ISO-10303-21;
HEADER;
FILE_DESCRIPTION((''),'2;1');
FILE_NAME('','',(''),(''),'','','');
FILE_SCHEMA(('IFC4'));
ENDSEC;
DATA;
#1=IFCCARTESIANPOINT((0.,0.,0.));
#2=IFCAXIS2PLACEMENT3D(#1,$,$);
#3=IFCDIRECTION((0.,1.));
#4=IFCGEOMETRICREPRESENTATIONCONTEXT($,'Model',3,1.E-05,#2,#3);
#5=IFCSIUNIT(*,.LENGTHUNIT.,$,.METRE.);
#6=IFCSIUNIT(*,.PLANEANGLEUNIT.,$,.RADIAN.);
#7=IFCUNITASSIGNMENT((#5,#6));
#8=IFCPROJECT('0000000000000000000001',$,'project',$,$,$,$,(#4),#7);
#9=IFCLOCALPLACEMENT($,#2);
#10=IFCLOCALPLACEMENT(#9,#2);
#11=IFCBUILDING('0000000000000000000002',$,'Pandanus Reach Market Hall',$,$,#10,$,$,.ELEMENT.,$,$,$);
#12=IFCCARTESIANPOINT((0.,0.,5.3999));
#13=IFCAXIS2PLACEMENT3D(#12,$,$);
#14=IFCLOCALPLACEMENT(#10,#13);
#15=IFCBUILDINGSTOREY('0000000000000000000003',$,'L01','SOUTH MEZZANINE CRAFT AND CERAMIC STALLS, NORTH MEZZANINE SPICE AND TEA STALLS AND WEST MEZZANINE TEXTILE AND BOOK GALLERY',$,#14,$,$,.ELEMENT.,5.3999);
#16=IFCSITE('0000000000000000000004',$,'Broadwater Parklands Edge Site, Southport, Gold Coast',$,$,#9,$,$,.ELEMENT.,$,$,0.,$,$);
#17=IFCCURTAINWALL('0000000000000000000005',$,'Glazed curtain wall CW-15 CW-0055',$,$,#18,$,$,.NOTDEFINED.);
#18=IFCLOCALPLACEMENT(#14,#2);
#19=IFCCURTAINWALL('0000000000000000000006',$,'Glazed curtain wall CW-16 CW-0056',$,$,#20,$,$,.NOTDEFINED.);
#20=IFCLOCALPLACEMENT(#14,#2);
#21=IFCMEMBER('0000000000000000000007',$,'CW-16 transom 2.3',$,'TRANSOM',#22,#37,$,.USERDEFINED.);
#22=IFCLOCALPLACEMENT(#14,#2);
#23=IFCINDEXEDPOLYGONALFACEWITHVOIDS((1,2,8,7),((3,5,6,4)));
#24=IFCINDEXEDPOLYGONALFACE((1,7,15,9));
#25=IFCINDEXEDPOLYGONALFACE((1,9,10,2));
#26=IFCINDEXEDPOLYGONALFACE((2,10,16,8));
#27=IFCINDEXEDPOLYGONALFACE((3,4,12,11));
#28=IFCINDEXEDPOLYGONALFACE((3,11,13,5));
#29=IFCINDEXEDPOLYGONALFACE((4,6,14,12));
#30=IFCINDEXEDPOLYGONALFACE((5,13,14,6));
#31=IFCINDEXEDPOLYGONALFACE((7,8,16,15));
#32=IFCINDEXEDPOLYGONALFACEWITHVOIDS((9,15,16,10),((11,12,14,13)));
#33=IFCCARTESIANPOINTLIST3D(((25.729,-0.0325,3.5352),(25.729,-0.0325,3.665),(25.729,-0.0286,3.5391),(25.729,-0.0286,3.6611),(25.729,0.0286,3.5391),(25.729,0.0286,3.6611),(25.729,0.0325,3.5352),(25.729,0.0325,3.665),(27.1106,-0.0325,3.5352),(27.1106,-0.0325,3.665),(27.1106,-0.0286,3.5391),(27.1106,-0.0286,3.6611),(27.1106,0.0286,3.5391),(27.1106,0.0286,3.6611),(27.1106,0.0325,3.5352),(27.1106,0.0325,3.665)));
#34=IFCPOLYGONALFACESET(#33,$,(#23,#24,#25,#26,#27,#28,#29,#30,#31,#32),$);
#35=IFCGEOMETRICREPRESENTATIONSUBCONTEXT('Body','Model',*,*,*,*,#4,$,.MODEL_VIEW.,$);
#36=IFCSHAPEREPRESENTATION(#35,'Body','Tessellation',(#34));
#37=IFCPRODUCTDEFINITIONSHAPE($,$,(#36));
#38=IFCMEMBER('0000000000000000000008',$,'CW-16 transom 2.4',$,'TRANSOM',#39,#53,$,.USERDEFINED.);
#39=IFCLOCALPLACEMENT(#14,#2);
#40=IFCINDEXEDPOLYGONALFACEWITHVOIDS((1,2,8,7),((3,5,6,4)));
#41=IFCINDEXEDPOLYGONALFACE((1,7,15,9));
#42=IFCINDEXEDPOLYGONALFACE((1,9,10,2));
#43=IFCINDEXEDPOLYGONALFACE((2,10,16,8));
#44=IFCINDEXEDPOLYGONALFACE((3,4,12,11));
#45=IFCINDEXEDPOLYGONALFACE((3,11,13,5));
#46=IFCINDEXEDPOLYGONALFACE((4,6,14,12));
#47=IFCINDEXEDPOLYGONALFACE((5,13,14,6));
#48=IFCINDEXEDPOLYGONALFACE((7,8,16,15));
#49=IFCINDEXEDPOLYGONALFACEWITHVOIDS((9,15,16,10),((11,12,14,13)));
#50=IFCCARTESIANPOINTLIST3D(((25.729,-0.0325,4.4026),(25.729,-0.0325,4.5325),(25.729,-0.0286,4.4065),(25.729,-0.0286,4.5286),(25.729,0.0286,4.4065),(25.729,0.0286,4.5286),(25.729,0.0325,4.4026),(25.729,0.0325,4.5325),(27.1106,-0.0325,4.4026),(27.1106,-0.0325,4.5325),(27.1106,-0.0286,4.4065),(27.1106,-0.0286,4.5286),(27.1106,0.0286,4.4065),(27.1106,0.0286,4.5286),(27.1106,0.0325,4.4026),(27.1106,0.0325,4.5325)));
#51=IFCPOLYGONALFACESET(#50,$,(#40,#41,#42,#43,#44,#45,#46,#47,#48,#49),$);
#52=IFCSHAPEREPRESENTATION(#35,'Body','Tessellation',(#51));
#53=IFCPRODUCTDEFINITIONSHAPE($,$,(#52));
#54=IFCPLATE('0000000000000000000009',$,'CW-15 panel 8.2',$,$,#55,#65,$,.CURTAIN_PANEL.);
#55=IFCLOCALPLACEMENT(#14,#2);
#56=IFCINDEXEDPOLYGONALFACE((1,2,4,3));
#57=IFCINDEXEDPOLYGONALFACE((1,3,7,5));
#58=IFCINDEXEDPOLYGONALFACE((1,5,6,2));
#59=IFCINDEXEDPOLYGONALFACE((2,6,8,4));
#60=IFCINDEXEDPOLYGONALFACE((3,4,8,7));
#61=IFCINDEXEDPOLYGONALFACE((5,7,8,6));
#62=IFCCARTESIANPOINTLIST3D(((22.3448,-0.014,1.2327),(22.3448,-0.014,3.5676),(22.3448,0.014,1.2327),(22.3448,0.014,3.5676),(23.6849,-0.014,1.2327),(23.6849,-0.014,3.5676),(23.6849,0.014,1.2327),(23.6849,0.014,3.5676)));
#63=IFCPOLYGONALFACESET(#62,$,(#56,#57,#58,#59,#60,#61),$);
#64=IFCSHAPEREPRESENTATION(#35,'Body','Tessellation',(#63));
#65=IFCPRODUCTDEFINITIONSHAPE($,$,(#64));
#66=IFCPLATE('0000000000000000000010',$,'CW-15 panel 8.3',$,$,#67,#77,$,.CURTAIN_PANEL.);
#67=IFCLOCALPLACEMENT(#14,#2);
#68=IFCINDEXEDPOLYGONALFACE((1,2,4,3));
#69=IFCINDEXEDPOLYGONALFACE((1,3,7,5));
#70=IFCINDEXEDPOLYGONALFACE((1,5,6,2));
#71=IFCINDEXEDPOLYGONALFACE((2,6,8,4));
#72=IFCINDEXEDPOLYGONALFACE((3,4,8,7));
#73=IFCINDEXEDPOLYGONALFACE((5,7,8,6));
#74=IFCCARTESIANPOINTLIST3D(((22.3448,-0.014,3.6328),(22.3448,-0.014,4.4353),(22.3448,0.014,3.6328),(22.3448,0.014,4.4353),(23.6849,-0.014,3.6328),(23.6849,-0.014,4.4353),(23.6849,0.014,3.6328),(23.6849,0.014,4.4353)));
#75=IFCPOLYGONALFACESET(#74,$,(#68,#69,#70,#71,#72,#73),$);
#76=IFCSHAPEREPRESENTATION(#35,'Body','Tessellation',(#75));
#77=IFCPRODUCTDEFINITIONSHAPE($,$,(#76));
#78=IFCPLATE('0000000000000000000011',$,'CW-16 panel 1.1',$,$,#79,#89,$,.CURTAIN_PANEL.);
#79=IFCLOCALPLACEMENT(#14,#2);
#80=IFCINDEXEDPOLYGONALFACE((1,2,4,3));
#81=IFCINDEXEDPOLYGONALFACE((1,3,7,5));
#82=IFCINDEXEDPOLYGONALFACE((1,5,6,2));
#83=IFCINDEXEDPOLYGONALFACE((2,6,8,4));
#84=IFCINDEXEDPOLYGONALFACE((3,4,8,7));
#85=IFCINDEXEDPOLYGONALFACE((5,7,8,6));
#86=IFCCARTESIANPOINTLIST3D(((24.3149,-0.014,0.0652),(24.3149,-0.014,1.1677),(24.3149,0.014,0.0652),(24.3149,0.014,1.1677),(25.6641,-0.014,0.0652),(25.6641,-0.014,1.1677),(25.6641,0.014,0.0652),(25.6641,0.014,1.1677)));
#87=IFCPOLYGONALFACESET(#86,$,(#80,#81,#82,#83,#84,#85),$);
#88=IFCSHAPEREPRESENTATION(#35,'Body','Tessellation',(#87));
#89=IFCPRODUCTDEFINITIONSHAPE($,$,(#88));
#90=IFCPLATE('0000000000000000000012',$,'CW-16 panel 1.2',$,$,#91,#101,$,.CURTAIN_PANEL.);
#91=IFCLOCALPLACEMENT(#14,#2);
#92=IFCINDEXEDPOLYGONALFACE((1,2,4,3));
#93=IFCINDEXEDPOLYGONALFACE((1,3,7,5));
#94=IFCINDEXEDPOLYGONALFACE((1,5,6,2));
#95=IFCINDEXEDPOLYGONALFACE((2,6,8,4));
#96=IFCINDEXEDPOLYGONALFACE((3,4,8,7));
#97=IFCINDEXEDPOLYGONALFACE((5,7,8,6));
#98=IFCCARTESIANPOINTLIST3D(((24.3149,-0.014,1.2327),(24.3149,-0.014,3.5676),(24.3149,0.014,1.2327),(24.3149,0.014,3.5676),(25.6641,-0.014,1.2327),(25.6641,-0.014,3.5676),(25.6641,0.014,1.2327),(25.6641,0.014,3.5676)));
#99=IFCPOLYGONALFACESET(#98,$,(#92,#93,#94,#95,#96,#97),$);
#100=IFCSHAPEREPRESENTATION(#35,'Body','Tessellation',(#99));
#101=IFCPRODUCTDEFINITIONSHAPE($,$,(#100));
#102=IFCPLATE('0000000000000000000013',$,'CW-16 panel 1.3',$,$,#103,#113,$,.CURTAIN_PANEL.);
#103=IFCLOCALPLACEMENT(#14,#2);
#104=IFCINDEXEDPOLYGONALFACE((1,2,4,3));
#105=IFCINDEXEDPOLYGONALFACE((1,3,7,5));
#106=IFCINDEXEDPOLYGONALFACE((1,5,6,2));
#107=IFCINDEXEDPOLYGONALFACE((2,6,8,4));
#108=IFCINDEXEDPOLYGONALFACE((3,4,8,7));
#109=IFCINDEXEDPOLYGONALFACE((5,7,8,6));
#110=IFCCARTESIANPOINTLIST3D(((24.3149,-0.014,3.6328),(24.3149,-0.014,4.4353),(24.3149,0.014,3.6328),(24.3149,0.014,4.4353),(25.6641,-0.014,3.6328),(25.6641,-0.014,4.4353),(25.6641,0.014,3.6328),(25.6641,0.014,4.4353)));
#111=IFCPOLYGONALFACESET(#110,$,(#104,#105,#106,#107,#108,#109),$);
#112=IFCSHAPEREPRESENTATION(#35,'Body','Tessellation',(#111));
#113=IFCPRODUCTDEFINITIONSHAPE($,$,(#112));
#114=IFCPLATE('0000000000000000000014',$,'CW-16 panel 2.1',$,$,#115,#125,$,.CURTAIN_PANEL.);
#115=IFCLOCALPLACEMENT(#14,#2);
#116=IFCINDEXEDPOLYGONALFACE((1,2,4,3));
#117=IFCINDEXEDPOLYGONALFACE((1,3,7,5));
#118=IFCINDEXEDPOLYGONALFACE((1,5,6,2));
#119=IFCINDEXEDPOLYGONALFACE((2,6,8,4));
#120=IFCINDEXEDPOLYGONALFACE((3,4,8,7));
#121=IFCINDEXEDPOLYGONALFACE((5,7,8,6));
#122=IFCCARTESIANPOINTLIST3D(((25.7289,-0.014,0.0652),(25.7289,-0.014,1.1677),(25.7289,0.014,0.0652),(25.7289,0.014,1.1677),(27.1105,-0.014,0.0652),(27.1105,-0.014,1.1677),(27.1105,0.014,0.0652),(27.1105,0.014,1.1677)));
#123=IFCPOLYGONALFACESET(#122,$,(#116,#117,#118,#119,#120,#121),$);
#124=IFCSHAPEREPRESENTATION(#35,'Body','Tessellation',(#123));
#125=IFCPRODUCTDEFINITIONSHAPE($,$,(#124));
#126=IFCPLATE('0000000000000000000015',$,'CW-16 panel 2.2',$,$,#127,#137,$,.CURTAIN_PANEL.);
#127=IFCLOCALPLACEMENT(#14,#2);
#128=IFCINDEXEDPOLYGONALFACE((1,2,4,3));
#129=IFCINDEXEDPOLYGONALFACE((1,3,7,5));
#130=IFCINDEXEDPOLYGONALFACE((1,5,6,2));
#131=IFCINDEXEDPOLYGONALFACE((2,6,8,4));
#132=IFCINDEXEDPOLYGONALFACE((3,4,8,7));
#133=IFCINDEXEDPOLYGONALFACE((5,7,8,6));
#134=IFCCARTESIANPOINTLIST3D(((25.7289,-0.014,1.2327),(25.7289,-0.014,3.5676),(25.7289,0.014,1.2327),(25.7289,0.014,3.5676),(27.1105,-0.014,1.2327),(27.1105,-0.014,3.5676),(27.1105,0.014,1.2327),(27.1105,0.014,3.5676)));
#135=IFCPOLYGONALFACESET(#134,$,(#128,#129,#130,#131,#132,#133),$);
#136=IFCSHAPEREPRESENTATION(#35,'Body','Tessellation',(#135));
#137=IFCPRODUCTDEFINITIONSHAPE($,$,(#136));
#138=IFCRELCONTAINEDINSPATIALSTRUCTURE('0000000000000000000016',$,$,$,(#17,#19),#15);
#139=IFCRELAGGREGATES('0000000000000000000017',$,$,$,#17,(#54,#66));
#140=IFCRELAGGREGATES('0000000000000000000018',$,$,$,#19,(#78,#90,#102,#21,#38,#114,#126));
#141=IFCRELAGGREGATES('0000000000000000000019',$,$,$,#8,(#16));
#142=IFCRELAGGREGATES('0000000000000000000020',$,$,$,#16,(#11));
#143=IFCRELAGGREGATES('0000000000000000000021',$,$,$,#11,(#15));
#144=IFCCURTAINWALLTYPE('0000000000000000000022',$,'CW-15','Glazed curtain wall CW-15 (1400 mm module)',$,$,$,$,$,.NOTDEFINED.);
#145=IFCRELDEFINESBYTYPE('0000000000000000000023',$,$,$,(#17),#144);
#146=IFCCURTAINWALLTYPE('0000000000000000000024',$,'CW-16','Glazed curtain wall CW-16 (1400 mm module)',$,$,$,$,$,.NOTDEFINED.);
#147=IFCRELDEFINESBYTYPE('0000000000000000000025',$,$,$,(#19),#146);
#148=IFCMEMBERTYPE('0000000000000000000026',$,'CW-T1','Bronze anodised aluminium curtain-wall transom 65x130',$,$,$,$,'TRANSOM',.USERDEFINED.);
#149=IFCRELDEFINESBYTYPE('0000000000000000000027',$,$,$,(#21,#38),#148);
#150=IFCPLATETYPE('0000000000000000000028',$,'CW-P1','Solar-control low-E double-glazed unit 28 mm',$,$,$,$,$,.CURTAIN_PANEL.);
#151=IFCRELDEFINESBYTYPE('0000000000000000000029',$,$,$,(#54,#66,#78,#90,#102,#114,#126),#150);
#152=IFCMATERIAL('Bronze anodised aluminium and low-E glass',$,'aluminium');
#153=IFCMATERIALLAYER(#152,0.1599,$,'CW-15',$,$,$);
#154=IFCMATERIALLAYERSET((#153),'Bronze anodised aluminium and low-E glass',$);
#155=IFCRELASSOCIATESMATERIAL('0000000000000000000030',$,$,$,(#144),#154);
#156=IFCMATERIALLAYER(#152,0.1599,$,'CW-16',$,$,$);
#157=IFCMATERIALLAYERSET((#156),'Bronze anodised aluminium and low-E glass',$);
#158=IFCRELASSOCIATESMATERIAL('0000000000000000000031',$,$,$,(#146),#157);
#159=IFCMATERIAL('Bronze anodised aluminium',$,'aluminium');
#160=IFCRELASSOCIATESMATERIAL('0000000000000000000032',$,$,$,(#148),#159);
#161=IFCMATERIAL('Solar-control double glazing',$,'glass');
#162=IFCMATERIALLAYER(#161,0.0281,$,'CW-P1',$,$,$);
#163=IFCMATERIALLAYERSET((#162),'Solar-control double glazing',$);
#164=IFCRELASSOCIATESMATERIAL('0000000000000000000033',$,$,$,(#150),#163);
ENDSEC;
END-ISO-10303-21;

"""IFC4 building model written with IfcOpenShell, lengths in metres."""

from ifc_helpers import new_model, si_unit, direction, frame, origin, origin_2d, place, context, subcontext, project, spatial, rectangle, hollow_rectangle, extrude, material, layer, layer_set, material_profile, profile_set, type_object, element, aggregate, save


model = new_model("IFC4")

# Units and contexts
model_context = context("Model", 3, precision=1e-05, world=origin(), true_north=direction((0.0, 1.0)))
body_context = subcontext(model_context, "Body", "Model", "MODEL_VIEW")
ifc_project = project(units=[si_unit("LENGTHUNIT", "METRE"), si_unit("PLANEANGLEUNIT", "RADIAN")], contexts=[model_context])

# Site, building, storey
site_placement = place(None, origin())
site = spatial("IfcSite", under=ifc_project, at=site_placement, Name="Broadwater Parklands Edge Site, Southport, Gold Coast", CompositionType="ELEMENT", RefElevation=0.0)
building_placement = place(site_placement, origin())
building = spatial("IfcBuilding", under=site, at=building_placement, Name="Pandanus Reach Market Hall", CompositionType="ELEMENT")
storey_placement = place(building_placement, frame((0.0, 0.0, 5.3999)))
storey = spatial("IfcBuildingStorey", under=building, at=storey_placement, Name="L01", Description="SOUTH MEZZANINE CRAFT AND CERAMIC STALLS, NORTH MEZZANINE SPICE AND TEA STALLS AND WEST MEZZANINE TEXTILE AND BOOK GALLERY", CompositionType="ELEMENT", Elevation=5.3999)

# Curtain wall
ifc_material_1 = material(Name="Bronze anodised aluminium and low-E glass", Category="aluminium")
ifc_layer_1 = layer(ifc_material_1, 0.1599, Name="CW-15")
ifc_layer_set_1 = layer_set([ifc_layer_1], Name="Bronze anodised aluminium and low-E glass")
curtain_wall_type_1 = type_object("IfcCurtainWallType", Name="CW-15", Description="Glazed curtain wall CW-15 (1400 mm module)", PredefinedType="NOTDEFINED", material=ifc_layer_set_1)
curtain_wall_1_placement = place(storey_placement, origin())
curtain_wall_1 = element("IfcCurtainWall", 1, at=curtain_wall_1_placement, inside=storey, type_object=curtain_wall_type_1, Name="Glazed curtain wall CW-15 CW-0055", PredefinedType="NOTDEFINED")
ifc_material_2 = material(Name="Bronze anodised aluminium", Category="aluminium")

# Curtain wall, members
ifc_layer_2 = layer(ifc_material_1, 0.1599, Name="CW-16")
ifc_layer_set_2 = layer_set([ifc_layer_2], Name="Bronze anodised aluminium and low-E glass")
curtain_wall_type_2 = type_object("IfcCurtainWallType", Name="CW-16", Description="Glazed curtain wall CW-16 (1400 mm module)", PredefinedType="NOTDEFINED", material=ifc_layer_set_2)
curtain_wall_2_placement = place(storey_placement, origin())
curtain_wall_2 = element("IfcCurtainWall", 2, at=curtain_wall_2_placement, inside=storey, type_object=curtain_wall_type_2, Name="Glazed curtain wall CW-16 CW-0056", PredefinedType="NOTDEFINED")
ifc_material_profile_1 = material_profile(ifc_material_2, hollow_rectangle(XDim=0.0649, YDim=0.1299, WallThickness=0.0039, at=origin_2d()), Name="ALU65x130", Category="LoadBearing")
ifc_profile_set_1 = profile_set([ifc_material_profile_1], Name="Bronze anodised aluminium")
member_type_1 = type_object("IfcMemberType", Name="CW-T1", Description="Bronze anodised aluminium curtain-wall transom 65x130", ElementType="TRANSOM", PredefinedType="USERDEFINED", material=ifc_profile_set_1)
member_1_placement = place(storey_placement, frame((25.729, 0.0, 3.6001), z_axis=(1.0, 0.0, 0.0), x_axis=(0.0, 1.0, 0.0)))
member_1 = element("IfcMember", 3, at=member_1_placement, type_object=member_type_1, Name="CW-16 transom 2.3", ObjectType="TRANSOM", PredefinedType="USERDEFINED", context=body_context, shape_type="SweptSolid", body=[
    extrude(hollow_rectangle(XDim=0.0649, YDim=0.1299, WallThickness=0.0039, at=origin_2d()), origin(), (0.0, 0.0, 1.0), 1.3816),
])
member_2_placement = place(storey_placement, frame((25.729, 0.0, 4.4675), z_axis=(1.0, 0.0, 0.0), x_axis=(0.0, 1.0, 0.0)))
member_2 = element("IfcMember", 4, at=member_2_placement, type_object=member_type_1, Name="CW-16 transom 2.4", ObjectType="TRANSOM", PredefinedType="USERDEFINED", context=body_context, shape_type="SweptSolid", body=[
    extrude(hollow_rectangle(XDim=0.0649, YDim=0.1299, WallThickness=0.0039, at=origin_2d()), origin(), (0.0, 0.0, 1.0), 1.3816),
])

# Plates
ifc_material_3 = material(Name="Solar-control double glazing", Category="glass")
ifc_layer_3 = layer(ifc_material_3, 0.0281, Name="CW-P1")
ifc_layer_set_3 = layer_set([ifc_layer_3], Name="Solar-control double glazing")
plate_type = type_object("IfcPlateType", Name="CW-P1", Description="Solar-control low-E double-glazed unit 28 mm", PredefinedType="CURTAIN_PANEL", material=ifc_layer_set_3)
plate_1_placement = place(storey_placement, frame((23.0149, 0.0, 1.2327), z_axis=(0.0, 0.0, 1.0), x_axis=(1.0, 0.0, 0.0)))
plate_1 = element("IfcPlate", 5, at=plate_1_placement, type_object=plate_type, Name="CW-15 panel 8.2", PredefinedType="CURTAIN_PANEL", context=body_context, shape_type="SweptSolid", body=[
    extrude(rectangle(XDim=1.3401, YDim=0.0281, at=origin_2d()), origin(), (0.0, 0.0, 1.0), 2.335),
])
plate_2_placement = place(storey_placement, frame((23.0149, 0.0, 3.6328), z_axis=(0.0, 0.0, 1.0), x_axis=(1.0, 0.0, 0.0)))
plate_2 = element("IfcPlate", 6, at=plate_2_placement, type_object=plate_type, Name="CW-15 panel 8.3", PredefinedType="CURTAIN_PANEL", context=body_context, shape_type="SweptSolid", body=[
    extrude(rectangle(XDim=1.3401, YDim=0.0281, at=origin_2d()), origin(), (0.0, 0.0, 1.0), 0.8025),
])
aggregate(curtain_wall_1, [plate_1, plate_2])
plate_3_placement = place(storey_placement, frame((24.9895, 0.0, 0.0652), z_axis=(0.0, 0.0, 1.0), x_axis=(1.0, 0.0, 0.0)))
plate_3 = element("IfcPlate", 7, at=plate_3_placement, type_object=plate_type, Name="CW-16 panel 1.1", PredefinedType="CURTAIN_PANEL", context=body_context, shape_type="SweptSolid", body=[
    extrude(rectangle(XDim=1.3491, YDim=0.0281, at=origin_2d()), origin(), (0.0, 0.0, 1.0), 1.1025),
])
plate_4_placement = place(storey_placement, frame((24.9895, 0.0, 1.2327), z_axis=(0.0, 0.0, 1.0), x_axis=(1.0, 0.0, 0.0)))
plate_4 = element("IfcPlate", 8, at=plate_4_placement, type_object=plate_type, Name="CW-16 panel 1.2", PredefinedType="CURTAIN_PANEL", context=body_context, shape_type="SweptSolid", body=[
    extrude(rectangle(XDim=1.3491, YDim=0.0281, at=origin_2d()), origin(), (0.0, 0.0, 1.0), 2.335),
])
plate_5_placement = place(storey_placement, frame((24.9895, 0.0, 3.6328), z_axis=(0.0, 0.0, 1.0), x_axis=(1.0, 0.0, 0.0)))
plate_5 = element("IfcPlate", 9, at=plate_5_placement, type_object=plate_type, Name="CW-16 panel 1.3", PredefinedType="CURTAIN_PANEL", context=body_context, shape_type="SweptSolid", body=[
    extrude(rectangle(XDim=1.3491, YDim=0.0281, at=origin_2d()), origin(), (0.0, 0.0, 1.0), 0.8025),
])
plate_6_placement = place(storey_placement, frame((26.4197, 0.0, 0.0652), z_axis=(0.0, 0.0, 1.0), x_axis=(1.0, 0.0, 0.0)))
plate_6 = element("IfcPlate", 10, at=plate_6_placement, type_object=plate_type, Name="CW-16 panel 2.1", PredefinedType="CURTAIN_PANEL", context=body_context, shape_type="SweptSolid", body=[
    extrude(rectangle(XDim=1.3816, YDim=0.0281, at=origin_2d()), origin(), (0.0, 0.0, 1.0), 1.1025),
])
plate_7_placement = place(storey_placement, frame((26.4197, 0.0, 1.2327), z_axis=(0.0, 0.0, 1.0), x_axis=(1.0, 0.0, 0.0)))
plate_7 = element("IfcPlate", 11, at=plate_7_placement, type_object=plate_type, Name="CW-16 panel 2.2", PredefinedType="CURTAIN_PANEL", context=body_context, shape_type="SweptSolid", body=[
    extrude(rectangle(XDim=1.3816, YDim=0.0281, at=origin_2d()), origin(), (0.0, 0.0, 1.0), 2.335),
])
aggregate(curtain_wall_2, [plate_3, plate_4, plate_5, member_1, member_2, plate_6, plate_7])

save(model, "model.ifc")
